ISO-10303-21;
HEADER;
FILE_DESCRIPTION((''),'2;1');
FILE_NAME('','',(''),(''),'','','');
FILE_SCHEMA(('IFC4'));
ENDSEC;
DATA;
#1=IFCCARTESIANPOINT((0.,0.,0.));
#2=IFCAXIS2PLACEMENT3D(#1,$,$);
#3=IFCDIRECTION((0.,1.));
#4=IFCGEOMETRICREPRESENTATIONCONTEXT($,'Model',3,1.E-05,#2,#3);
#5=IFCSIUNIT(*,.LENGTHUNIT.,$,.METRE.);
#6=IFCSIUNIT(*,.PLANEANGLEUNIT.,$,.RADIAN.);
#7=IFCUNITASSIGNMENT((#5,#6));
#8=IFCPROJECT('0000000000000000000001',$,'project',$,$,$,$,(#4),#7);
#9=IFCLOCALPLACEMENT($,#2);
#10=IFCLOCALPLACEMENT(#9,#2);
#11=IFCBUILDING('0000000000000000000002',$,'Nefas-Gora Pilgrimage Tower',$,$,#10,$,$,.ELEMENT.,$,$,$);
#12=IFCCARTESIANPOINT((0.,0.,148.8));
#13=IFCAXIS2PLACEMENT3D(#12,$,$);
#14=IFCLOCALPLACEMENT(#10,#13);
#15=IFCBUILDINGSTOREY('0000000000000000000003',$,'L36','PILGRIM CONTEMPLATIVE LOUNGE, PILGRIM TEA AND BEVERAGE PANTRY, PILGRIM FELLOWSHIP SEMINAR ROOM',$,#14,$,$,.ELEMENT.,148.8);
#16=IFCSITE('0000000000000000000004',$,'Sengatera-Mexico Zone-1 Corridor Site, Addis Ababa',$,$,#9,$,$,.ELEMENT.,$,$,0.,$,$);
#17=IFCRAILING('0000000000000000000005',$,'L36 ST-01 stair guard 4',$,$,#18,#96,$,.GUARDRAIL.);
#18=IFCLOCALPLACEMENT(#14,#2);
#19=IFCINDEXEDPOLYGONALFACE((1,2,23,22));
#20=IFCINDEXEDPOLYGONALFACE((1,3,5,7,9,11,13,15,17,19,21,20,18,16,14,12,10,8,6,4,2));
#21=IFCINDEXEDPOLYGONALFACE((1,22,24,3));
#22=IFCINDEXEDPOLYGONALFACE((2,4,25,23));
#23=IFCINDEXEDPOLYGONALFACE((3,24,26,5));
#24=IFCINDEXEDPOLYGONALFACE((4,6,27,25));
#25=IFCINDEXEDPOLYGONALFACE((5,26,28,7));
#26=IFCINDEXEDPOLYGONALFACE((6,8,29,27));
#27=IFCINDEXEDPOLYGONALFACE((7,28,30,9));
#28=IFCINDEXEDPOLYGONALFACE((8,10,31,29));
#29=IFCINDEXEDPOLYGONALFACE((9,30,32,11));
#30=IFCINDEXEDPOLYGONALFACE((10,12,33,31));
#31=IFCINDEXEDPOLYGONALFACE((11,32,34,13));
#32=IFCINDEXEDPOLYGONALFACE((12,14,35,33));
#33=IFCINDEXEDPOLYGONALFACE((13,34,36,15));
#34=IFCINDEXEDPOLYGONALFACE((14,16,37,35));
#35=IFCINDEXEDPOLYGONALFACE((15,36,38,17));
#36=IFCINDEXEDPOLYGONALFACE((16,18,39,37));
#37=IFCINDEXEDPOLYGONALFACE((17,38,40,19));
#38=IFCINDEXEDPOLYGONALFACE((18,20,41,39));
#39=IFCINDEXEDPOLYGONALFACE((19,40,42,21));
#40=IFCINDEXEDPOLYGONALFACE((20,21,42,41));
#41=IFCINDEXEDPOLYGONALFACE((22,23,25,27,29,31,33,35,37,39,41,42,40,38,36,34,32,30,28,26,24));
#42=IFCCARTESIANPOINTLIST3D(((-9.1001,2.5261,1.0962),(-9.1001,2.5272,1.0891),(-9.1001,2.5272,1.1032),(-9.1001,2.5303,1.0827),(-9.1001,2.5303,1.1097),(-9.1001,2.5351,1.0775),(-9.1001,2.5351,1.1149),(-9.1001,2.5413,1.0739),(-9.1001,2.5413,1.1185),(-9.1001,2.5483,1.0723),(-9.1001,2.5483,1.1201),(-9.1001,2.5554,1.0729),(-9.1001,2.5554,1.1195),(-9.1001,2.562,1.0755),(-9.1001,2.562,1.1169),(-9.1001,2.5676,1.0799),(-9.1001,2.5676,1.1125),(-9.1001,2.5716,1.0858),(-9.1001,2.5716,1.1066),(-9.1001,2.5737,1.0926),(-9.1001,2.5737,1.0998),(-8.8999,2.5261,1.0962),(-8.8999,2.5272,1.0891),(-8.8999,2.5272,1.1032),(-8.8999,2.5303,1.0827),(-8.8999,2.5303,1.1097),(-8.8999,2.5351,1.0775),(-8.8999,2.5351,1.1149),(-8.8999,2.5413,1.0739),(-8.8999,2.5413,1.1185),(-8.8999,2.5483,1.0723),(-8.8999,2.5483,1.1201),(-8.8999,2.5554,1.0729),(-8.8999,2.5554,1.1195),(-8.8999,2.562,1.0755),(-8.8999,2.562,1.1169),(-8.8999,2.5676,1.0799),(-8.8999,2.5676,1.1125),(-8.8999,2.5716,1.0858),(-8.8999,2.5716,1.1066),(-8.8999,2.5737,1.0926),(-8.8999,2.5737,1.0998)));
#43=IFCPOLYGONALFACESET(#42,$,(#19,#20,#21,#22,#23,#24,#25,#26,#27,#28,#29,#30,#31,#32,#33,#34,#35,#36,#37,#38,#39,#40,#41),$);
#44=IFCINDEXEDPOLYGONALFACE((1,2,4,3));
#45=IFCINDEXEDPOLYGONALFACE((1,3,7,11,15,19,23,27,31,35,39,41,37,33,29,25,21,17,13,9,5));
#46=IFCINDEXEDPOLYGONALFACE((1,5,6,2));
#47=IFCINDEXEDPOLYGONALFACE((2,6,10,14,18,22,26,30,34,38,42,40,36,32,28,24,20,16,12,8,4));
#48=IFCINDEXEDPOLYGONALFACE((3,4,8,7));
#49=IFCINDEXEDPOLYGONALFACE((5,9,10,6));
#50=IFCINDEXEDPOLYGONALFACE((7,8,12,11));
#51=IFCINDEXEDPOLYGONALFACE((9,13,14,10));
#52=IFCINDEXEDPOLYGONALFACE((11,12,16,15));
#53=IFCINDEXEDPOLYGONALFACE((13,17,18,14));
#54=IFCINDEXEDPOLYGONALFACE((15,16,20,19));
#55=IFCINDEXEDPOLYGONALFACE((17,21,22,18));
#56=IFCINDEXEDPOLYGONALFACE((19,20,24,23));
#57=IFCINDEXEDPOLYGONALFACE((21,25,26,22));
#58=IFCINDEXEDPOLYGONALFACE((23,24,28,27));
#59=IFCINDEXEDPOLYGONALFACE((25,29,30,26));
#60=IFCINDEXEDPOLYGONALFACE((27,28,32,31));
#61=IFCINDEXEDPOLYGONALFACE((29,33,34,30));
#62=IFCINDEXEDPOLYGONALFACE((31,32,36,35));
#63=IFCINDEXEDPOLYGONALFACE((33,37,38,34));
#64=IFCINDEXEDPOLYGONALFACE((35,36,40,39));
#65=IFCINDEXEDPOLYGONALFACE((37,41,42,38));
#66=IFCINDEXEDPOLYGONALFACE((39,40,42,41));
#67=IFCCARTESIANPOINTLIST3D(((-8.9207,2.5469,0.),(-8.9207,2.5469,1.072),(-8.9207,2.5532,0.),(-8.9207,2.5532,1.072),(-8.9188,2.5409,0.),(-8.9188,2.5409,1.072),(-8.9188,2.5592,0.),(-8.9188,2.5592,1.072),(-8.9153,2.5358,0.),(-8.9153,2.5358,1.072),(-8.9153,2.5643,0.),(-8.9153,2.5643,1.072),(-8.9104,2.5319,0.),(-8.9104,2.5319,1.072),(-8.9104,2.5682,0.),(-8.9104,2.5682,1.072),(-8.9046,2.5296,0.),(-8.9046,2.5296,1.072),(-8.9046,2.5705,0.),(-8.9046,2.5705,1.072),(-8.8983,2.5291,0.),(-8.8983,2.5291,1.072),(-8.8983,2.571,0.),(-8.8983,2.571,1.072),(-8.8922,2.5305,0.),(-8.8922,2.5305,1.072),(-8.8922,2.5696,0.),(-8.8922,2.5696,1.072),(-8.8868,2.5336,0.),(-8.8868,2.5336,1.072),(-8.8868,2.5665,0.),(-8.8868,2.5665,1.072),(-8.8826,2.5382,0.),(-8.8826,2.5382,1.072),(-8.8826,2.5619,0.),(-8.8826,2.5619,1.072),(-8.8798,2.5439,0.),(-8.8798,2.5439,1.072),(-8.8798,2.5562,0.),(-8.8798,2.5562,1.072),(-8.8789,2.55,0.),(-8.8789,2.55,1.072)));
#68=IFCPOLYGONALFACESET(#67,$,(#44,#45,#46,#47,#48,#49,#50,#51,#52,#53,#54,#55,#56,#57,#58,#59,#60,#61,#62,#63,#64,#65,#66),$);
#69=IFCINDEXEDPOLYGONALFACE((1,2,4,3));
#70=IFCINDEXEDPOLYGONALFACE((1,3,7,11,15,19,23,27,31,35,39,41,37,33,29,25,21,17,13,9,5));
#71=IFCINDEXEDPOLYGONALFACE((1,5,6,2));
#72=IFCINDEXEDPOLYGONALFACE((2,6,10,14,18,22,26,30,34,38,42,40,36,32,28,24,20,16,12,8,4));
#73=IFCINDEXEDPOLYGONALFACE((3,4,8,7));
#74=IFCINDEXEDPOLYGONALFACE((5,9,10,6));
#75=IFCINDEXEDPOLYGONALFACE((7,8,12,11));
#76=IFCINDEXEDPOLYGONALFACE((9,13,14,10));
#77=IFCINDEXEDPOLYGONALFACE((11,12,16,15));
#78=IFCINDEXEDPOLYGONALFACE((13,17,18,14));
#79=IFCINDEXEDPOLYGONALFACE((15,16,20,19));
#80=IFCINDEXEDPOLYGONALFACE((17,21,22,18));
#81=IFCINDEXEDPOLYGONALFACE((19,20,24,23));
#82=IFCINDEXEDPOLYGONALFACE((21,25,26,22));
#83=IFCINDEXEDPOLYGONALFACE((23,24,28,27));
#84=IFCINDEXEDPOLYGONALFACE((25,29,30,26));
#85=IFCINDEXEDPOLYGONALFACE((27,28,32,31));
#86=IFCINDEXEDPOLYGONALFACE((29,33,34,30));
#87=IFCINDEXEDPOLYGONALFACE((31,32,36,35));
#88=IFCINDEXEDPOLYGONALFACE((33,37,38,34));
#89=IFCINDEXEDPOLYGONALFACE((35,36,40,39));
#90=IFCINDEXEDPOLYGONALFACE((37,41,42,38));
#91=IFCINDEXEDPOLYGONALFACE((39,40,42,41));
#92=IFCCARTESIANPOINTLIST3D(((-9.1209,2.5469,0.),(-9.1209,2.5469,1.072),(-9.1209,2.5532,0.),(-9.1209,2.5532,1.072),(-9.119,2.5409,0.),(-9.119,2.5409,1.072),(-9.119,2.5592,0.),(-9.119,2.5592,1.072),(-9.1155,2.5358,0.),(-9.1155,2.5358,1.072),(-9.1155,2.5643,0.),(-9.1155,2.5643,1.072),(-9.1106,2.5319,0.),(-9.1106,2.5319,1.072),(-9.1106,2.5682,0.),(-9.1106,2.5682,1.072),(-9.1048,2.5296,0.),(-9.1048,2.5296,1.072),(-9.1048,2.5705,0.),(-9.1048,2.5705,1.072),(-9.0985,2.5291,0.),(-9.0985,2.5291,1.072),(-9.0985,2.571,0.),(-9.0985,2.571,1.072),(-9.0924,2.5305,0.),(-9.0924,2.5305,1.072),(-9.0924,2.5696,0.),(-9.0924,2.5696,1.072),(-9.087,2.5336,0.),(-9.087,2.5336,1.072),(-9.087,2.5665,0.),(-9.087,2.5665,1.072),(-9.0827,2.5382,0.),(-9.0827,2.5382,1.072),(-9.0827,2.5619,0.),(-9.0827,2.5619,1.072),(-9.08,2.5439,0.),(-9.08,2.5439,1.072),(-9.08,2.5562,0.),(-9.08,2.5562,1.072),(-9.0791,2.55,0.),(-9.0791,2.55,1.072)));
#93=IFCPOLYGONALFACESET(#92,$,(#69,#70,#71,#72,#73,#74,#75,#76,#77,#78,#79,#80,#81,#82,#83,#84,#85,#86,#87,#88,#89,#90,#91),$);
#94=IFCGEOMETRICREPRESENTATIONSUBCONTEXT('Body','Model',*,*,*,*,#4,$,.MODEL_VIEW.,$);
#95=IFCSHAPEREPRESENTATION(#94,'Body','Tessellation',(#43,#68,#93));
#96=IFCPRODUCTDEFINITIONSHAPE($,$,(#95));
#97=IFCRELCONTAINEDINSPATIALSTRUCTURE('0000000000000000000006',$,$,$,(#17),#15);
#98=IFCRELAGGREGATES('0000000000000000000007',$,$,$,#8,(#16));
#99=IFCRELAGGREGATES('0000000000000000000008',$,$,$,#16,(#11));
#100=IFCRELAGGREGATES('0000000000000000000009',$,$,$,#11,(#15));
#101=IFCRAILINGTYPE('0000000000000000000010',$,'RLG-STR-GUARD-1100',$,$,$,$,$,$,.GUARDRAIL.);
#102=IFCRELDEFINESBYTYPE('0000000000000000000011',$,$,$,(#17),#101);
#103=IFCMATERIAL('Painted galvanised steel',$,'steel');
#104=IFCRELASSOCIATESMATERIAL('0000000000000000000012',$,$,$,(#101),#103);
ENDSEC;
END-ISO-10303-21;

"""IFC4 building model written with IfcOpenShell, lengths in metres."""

from ifc_helpers import new_model, si_unit, direction, frame, origin, origin_2d, place, context, subcontext, project, spatial, circle, extrude, material, type_object, element, save


model = new_model("IFC4")

# Units and contexts
model_context = context("Model", 3, precision=1e-05, world=origin(), true_north=direction((0.0, 1.0)))
body_context = subcontext(model_context, "Body", "Model", "MODEL_VIEW")
ifc_project = project(units=[si_unit("LENGTHUNIT", "METRE"), si_unit("PLANEANGLEUNIT", "RADIAN")], contexts=[model_context])

# Site, building, storey
site_placement = place(None, origin())
site = spatial("IfcSite", under=ifc_project, at=site_placement, Name="Sengatera-Mexico Zone-1 Corridor Site, Addis Ababa", CompositionType="ELEMENT", RefElevation=0.0)
building_placement = place(site_placement, origin())
building = spatial("IfcBuilding", under=site, at=building_placement, Name="Nefas-Gora Pilgrimage Tower", CompositionType="ELEMENT")
storey_placement = place(building_placement, frame((0.0, 0.0, 148.8)))
storey = spatial("IfcBuildingStorey", under=building, at=storey_placement, Name="L36", Description="PILGRIM CONTEMPLATIVE LOUNGE, PILGRIM TEA AND BEVERAGE PANTRY, PILGRIM FELLOWSHIP SEMINAR ROOM", CompositionType="ELEMENT", Elevation=148.8)

# Railing
ifc_material_1 = material(Name="Painted galvanised steel", Category="steel")
railing_type_1 = type_object("IfcRailingType", Name="RLG-STR-GUARD-1100", PredefinedType="GUARDRAIL", material=ifc_material_1)
railing_1_placement = place(storey_placement, frame((-8.8999, 2.55, 0.0)))
element("IfcRailing", 1, at=railing_1_placement, inside=storey, type_object=railing_type_1, Name="L36 ST-01 stair guard 4", PredefinedType="GUARDRAIL", context=body_context, shape_type="SweptSolid", body=[
    extrude(circle(Radius=0.0239, at=origin_2d()), frame((0.0, 0.0, 1.0962), z_axis=(-1.0, 0.0, 0.0), x_axis=(0.0, -1.0, 0.0)), (0.0, 0.0, 1.0), 0.2002),
    extrude(circle(Radius=0.021, at=origin_2d()), origin(), (0.0, 0.0, 1.0), 1.072),
    extrude(circle(Radius=0.021, at=origin_2d()), frame((-0.2002, 0.0, 0.0)), (0.0, 0.0, 1.0), 1.072),
])

save(model, "model.ifc")
